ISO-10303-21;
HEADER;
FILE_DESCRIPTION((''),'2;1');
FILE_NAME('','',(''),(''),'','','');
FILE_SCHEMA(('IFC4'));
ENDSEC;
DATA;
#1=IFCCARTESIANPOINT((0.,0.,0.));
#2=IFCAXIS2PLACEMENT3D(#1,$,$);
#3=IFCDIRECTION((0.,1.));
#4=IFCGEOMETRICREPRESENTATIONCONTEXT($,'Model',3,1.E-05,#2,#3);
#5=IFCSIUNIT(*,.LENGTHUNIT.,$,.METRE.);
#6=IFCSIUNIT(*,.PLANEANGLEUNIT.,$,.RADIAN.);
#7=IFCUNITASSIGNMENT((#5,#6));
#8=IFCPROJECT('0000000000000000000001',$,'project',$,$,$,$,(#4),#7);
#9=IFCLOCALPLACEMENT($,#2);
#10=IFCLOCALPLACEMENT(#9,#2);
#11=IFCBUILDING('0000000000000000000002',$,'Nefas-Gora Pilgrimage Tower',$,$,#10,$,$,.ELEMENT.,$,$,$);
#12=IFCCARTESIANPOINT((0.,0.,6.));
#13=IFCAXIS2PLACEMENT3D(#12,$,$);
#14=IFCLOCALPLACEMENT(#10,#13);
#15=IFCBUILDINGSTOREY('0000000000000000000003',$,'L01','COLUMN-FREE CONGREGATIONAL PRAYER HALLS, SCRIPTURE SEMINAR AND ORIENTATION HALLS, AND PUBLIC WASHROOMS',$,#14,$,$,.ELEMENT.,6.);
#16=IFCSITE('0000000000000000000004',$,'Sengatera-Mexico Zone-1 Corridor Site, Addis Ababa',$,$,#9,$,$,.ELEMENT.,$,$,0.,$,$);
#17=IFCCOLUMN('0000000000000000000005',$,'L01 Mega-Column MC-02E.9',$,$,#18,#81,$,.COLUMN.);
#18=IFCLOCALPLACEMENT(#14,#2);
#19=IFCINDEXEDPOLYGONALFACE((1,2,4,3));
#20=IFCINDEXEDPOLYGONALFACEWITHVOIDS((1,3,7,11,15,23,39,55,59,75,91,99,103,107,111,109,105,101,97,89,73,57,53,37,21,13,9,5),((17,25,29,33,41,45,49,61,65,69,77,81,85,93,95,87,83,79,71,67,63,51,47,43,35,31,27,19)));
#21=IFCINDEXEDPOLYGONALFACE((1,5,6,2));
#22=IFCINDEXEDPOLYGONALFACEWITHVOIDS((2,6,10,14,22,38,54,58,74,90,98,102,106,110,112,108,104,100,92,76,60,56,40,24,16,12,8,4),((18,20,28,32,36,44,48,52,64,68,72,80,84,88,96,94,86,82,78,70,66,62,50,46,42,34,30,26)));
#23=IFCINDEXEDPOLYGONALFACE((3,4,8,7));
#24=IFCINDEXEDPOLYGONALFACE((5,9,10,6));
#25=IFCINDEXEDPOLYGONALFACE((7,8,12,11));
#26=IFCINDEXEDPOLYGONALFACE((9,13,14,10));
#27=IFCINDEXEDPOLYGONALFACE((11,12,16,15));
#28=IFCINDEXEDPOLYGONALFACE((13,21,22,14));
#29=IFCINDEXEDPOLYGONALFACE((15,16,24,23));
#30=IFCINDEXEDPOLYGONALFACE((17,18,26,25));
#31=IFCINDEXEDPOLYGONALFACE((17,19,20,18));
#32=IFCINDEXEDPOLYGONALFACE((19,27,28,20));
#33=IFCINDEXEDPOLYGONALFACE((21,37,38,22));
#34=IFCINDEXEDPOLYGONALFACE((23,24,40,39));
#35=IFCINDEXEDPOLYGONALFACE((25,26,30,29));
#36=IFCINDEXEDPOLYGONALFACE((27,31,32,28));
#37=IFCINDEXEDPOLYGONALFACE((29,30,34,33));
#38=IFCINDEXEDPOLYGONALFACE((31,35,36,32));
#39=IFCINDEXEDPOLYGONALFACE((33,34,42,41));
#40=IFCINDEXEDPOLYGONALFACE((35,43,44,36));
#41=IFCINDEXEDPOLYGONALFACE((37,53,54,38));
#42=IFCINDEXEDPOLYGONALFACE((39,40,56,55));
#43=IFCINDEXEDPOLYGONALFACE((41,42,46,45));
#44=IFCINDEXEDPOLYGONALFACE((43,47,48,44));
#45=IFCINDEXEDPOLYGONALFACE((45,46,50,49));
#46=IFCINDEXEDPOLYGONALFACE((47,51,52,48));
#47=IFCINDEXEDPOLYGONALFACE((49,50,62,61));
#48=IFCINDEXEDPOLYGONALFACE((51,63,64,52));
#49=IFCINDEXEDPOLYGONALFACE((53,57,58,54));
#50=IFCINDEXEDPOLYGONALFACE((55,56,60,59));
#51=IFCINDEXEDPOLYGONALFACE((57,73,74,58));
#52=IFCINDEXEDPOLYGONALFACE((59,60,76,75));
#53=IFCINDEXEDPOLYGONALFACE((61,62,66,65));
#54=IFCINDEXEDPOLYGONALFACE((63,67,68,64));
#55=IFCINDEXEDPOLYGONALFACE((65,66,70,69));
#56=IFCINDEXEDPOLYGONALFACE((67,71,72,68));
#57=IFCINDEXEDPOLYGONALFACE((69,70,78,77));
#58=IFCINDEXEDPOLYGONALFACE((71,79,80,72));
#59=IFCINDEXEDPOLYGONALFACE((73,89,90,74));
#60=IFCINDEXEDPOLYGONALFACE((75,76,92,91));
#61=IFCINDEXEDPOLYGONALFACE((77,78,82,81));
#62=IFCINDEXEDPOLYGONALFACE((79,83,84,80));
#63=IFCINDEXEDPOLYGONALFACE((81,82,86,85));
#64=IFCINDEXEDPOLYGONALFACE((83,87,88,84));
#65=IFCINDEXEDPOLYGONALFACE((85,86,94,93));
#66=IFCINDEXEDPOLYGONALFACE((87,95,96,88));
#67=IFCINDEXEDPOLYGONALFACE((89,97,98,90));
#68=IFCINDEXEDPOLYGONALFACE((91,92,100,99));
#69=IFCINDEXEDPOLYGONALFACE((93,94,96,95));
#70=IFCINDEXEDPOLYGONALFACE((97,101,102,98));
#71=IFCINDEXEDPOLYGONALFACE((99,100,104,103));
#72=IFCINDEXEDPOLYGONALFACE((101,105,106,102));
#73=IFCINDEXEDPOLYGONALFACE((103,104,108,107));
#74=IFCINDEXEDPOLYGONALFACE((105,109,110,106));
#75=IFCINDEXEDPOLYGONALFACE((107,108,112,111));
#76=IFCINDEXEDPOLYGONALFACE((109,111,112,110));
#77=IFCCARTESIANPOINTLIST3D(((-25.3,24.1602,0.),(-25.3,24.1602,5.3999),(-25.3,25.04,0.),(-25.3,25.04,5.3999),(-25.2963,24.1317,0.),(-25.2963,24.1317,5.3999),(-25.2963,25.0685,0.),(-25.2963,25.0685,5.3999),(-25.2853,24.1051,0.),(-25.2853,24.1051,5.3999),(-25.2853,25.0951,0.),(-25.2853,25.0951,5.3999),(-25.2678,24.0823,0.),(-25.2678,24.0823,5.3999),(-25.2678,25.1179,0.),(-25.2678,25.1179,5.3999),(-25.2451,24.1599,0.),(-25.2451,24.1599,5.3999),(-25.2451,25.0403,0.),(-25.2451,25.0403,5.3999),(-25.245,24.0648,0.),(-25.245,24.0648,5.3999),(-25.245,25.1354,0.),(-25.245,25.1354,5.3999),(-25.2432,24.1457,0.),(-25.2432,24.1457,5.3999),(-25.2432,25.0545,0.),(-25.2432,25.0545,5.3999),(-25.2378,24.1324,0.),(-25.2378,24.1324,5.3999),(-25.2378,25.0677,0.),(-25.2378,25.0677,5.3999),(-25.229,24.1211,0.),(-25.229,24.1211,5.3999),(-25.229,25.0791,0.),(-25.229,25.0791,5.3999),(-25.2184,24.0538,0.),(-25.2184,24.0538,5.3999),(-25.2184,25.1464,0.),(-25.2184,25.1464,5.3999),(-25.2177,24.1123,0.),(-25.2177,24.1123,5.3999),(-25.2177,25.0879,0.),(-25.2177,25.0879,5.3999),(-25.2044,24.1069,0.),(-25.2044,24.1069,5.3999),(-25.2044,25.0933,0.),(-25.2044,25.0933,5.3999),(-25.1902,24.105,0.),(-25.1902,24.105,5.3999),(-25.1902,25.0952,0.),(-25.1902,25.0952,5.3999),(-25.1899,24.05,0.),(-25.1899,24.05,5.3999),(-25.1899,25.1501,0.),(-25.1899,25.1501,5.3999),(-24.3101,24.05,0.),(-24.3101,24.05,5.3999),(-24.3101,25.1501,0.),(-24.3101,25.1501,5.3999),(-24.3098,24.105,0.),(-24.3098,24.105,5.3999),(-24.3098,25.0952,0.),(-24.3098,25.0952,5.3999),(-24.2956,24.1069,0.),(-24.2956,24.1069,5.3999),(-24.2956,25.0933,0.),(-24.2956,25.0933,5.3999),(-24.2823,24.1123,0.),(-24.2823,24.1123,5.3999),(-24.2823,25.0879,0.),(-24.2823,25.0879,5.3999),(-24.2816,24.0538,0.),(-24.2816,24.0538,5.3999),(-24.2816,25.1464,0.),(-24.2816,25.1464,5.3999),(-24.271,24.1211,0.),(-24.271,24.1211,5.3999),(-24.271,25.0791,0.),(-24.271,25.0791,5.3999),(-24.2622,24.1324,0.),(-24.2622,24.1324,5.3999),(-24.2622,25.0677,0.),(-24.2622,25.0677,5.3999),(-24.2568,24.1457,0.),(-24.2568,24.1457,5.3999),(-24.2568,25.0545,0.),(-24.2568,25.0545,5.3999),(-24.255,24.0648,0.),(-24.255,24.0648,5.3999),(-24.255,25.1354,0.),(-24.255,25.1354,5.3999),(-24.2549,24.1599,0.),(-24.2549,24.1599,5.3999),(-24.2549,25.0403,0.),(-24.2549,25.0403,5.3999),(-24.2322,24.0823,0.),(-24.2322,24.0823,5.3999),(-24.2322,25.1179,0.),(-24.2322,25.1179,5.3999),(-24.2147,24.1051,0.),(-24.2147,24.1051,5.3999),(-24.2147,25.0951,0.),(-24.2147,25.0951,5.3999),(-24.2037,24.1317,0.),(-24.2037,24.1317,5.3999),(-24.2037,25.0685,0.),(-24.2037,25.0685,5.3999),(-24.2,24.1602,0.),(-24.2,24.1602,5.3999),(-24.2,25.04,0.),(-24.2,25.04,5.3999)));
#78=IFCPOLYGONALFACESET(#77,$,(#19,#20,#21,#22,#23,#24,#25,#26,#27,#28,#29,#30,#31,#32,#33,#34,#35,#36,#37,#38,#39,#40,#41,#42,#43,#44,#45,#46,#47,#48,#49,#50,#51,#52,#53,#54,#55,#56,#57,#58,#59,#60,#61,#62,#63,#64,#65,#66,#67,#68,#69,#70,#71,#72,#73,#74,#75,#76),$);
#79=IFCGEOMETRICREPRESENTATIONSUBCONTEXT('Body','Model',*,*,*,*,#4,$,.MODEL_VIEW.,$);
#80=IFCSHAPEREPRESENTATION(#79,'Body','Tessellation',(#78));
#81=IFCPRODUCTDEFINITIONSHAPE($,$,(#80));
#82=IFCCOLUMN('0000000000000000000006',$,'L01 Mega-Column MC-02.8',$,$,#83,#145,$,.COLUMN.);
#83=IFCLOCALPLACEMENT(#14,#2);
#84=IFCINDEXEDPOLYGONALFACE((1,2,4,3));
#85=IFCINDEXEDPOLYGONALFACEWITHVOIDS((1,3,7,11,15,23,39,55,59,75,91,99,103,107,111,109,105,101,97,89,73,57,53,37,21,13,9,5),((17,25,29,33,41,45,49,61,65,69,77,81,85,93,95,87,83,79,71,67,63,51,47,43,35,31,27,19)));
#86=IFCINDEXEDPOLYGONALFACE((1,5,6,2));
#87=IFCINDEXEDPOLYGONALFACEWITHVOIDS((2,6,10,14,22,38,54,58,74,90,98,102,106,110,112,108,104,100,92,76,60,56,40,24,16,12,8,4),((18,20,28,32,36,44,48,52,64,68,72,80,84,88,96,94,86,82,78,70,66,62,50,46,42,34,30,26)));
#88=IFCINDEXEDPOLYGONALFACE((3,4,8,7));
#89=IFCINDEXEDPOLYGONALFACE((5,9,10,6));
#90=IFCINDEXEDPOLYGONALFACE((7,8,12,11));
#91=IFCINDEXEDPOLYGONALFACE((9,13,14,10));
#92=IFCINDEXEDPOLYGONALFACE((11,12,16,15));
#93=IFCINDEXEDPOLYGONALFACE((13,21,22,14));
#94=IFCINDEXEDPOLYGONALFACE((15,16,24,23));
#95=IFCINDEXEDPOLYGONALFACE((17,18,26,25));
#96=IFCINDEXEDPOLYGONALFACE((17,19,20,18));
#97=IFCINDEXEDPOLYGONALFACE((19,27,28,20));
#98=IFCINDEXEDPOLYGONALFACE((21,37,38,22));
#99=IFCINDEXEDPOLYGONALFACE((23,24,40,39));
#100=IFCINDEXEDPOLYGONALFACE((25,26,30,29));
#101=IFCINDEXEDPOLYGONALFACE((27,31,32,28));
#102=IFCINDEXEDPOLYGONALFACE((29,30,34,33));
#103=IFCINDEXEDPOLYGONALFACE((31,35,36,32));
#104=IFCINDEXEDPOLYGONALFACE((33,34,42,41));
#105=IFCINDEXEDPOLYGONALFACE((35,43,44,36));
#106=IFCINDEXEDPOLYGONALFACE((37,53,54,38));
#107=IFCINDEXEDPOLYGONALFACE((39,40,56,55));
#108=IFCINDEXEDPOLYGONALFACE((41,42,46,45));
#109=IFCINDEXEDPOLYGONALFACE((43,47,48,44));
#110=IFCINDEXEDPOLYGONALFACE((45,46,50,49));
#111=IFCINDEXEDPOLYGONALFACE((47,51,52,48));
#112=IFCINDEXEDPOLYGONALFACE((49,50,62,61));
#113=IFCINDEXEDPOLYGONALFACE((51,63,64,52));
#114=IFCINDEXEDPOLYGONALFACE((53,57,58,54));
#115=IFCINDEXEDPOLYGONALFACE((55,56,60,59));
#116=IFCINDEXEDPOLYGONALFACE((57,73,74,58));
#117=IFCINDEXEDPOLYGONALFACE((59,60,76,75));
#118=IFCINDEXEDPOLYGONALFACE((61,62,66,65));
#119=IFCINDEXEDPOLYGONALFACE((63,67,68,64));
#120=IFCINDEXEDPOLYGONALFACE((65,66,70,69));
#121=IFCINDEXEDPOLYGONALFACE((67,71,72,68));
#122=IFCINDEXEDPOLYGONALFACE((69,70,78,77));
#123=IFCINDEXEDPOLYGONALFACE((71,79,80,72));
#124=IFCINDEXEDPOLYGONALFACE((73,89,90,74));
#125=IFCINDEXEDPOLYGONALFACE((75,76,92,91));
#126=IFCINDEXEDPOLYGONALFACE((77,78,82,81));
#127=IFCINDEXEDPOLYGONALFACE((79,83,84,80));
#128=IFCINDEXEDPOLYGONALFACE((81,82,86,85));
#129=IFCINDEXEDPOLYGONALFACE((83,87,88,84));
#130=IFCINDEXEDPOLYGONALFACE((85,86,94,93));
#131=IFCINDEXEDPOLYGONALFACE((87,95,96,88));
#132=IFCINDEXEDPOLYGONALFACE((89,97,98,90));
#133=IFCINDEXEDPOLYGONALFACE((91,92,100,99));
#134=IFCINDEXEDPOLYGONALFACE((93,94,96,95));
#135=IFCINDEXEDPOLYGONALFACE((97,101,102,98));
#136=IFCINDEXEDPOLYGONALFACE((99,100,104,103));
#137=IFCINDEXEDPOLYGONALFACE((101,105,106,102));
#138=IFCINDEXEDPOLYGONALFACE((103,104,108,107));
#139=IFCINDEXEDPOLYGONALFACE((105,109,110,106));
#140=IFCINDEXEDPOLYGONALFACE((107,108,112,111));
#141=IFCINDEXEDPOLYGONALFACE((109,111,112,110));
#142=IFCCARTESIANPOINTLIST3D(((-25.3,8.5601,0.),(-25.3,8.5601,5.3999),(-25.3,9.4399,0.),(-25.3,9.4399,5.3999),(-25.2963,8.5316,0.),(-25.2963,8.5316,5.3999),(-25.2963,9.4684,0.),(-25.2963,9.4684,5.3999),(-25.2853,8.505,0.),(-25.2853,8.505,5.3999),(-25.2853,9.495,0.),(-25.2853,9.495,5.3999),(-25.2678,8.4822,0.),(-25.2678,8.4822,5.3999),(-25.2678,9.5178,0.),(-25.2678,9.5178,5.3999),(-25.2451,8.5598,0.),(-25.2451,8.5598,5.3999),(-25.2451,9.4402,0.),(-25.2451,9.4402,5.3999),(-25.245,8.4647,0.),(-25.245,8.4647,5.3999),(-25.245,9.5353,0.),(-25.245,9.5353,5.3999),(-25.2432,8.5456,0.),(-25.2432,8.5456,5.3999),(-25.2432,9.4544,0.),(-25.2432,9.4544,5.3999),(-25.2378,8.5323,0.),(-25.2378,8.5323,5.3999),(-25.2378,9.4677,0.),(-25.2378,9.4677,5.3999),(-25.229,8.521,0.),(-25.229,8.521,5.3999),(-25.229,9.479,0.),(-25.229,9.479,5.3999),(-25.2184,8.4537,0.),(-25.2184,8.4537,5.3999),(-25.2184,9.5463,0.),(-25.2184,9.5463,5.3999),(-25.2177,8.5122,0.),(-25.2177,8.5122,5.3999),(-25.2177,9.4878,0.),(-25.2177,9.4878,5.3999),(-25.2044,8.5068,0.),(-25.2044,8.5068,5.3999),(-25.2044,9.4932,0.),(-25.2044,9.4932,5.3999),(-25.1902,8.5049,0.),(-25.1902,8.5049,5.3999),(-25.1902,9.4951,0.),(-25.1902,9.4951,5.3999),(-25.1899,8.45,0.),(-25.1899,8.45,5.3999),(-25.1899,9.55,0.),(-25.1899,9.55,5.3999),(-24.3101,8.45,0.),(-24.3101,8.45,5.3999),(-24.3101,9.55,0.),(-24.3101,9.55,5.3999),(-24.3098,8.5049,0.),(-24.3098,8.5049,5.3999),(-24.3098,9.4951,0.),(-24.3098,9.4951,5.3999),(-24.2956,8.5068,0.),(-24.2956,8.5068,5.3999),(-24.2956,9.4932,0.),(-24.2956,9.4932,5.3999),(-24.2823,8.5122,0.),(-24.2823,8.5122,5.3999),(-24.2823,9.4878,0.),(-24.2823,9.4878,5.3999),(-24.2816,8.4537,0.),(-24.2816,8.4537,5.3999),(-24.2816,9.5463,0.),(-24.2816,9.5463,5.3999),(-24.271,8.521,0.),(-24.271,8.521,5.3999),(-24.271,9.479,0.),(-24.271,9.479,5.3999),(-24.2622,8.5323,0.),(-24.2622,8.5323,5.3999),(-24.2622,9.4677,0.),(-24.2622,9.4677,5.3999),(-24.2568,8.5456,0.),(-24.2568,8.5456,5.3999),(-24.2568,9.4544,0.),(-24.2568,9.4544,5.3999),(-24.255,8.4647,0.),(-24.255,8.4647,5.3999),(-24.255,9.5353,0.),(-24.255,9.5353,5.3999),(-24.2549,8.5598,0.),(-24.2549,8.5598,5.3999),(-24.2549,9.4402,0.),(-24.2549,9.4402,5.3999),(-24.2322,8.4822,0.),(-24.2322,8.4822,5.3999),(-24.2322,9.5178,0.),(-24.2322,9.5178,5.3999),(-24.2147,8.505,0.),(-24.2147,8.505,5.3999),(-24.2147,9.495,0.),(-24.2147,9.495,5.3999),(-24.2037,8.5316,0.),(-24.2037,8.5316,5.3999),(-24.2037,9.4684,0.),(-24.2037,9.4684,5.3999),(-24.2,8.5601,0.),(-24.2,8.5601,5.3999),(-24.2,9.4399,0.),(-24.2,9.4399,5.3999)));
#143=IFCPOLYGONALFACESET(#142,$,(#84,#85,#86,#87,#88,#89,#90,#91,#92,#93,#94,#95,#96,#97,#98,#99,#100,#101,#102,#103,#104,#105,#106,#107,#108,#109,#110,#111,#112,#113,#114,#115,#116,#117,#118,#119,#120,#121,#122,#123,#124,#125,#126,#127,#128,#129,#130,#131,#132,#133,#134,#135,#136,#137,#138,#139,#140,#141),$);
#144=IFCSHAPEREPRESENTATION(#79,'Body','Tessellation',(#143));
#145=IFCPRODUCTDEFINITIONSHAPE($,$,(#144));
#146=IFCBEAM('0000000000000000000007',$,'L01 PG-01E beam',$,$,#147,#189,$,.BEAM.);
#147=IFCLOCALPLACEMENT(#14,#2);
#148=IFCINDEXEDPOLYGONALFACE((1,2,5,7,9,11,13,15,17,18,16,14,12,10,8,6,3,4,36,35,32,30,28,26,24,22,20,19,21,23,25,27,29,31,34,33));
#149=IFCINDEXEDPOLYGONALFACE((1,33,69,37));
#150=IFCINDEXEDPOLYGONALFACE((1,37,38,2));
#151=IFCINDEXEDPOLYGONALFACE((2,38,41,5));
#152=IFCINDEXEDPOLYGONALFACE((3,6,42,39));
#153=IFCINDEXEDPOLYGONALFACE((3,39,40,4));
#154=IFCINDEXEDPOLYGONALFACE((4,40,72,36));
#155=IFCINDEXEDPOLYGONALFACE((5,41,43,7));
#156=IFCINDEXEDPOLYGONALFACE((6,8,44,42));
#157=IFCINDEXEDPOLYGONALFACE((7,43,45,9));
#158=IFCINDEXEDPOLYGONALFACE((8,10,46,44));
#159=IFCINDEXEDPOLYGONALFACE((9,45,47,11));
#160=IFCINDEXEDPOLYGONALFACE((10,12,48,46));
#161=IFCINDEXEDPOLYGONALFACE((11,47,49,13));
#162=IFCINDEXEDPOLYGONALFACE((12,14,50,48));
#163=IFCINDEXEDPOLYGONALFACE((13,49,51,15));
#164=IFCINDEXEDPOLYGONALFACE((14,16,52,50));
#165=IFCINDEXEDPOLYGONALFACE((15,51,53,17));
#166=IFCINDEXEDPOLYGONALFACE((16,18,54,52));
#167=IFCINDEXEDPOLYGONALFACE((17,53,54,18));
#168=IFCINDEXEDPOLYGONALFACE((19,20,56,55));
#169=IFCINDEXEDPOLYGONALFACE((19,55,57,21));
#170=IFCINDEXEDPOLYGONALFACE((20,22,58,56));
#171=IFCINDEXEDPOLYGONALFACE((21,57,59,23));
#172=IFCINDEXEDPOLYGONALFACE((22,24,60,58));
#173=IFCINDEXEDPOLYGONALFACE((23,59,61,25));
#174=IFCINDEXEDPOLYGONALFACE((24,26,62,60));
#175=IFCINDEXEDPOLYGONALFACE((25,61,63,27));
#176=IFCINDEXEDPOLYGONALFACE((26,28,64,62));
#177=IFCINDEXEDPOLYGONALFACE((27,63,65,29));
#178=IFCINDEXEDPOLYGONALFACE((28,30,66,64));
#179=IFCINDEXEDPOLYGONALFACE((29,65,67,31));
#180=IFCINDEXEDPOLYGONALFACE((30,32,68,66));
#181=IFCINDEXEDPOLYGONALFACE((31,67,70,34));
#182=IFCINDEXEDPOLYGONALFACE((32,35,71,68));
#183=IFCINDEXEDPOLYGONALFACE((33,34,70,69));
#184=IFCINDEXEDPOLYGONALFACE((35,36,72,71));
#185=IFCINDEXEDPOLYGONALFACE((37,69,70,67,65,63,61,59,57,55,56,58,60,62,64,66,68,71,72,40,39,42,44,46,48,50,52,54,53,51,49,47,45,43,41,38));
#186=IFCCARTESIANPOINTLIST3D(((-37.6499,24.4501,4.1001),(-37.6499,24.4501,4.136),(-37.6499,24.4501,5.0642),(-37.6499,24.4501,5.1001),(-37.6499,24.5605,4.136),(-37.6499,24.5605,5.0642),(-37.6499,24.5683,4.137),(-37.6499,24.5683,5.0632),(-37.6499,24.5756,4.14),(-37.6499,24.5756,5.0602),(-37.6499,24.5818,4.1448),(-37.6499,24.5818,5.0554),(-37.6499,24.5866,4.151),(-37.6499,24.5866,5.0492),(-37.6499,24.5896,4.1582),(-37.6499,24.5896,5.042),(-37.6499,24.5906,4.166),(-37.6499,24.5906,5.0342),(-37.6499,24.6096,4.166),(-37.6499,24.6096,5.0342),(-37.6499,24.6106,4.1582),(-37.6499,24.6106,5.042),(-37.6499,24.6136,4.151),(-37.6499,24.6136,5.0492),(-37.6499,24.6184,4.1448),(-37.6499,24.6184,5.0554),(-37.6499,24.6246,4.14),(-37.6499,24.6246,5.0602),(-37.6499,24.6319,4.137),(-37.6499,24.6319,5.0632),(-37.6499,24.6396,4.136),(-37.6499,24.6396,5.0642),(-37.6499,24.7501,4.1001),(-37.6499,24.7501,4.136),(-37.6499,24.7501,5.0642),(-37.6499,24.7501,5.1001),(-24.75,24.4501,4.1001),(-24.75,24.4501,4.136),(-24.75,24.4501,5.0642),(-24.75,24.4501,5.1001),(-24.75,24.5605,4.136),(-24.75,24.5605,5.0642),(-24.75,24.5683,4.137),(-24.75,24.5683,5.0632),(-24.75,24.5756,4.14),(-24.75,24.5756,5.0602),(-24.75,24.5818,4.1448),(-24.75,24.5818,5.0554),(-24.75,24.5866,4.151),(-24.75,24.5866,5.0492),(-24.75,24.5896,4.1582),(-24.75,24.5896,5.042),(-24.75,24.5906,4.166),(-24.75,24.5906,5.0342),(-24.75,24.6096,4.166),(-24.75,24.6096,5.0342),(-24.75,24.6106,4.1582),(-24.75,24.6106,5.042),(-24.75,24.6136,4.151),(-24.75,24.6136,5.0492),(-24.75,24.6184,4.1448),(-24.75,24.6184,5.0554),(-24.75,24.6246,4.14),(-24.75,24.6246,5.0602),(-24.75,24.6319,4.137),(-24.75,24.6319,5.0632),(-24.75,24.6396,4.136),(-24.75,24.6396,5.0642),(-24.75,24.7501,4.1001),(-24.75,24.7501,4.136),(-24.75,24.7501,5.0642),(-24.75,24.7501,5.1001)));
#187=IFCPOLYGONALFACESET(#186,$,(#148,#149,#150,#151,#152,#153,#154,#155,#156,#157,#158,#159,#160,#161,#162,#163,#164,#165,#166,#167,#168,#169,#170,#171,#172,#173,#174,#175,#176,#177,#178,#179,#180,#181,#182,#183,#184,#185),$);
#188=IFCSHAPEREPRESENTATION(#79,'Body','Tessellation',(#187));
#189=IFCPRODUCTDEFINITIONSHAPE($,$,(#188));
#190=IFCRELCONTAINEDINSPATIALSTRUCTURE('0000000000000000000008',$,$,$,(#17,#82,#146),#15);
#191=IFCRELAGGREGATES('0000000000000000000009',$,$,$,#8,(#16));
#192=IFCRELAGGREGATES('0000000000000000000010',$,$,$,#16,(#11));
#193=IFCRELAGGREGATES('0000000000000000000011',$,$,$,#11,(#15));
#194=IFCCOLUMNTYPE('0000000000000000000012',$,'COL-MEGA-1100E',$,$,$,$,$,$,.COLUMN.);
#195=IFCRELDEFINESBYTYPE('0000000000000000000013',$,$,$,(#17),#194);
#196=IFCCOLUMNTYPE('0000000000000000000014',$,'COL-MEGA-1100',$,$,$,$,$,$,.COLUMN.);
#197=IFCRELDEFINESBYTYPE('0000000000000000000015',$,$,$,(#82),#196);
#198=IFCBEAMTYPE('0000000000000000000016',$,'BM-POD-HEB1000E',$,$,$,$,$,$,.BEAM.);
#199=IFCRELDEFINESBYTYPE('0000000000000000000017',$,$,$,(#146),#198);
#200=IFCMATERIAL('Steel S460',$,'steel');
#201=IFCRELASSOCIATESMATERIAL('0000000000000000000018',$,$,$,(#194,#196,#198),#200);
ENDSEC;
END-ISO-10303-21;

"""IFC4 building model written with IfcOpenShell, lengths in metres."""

from ifc_helpers import new_model, si_unit, direction, frame, origin, origin_2d, place, context, subcontext, project, spatial, hollow_rectangle, i_section, extrude, source, transform, mapped, material, material_profile, profile_set, type_object, element, save


model = new_model("IFC4")

# Units and contexts
model_context = context("Model", 3, precision=1e-05, world=origin(), true_north=direction((0.0, 1.0)))
body_context = subcontext(model_context, "Body", "Model", "MODEL_VIEW")
ifc_project = project(units=[si_unit("LENGTHUNIT", "METRE"), si_unit("PLANEANGLEUNIT", "RADIAN")], contexts=[model_context])

# Site, building, storey
site_placement = place(None, origin())
site = spatial("IfcSite", under=ifc_project, at=site_placement, Name="Sengatera-Mexico Zone-1 Corridor Site, Addis Ababa", CompositionType="ELEMENT", RefElevation=0.0)
building_placement = place(site_placement, origin())
building = spatial("IfcBuilding", under=site, at=building_placement, Name="Nefas-Gora Pilgrimage Tower", CompositionType="ELEMENT")
storey_placement = place(building_placement, frame((0.0, 0.0, 6.0)))
storey = spatial("IfcBuildingStorey", under=building, at=storey_placement, Name="L01", Description="COLUMN-FREE CONGREGATIONAL PRAYER HALLS, SCRIPTURE SEMINAR AND ORIENTATION HALLS, AND PUBLIC WASHROOMS", CompositionType="ELEMENT", Elevation=6.0)

# Columns
ifc_material_1 = material(Name="Steel S460", Category="steel")
ifc_material_profile_1 = material_profile(ifc_material_1, hollow_rectangle(XDim=1.1001, YDim=1.1001, WallThickness=0.0549, InnerFilletRadius=0.0549, OuterFilletRadius=0.1101, at=origin_2d()), Name="BOX 1100x1100x55")
ifc_profile_set_1 = profile_set([ifc_material_profile_1], Name="Steel S460")
column_type_1 = type_object("IfcColumnType", Name="COL-MEGA-1100E", PredefinedType="COLUMN", material=ifc_profile_set_1)
shared_shape_1 = source(origin(), body_context, "Body", "SweptSolid", [
    extrude(hollow_rectangle(XDim=1.1001, YDim=1.1001, WallThickness=0.0549, InnerFilletRadius=0.0549, OuterFilletRadius=0.1101, at=origin_2d()), origin(), (0.0, 0.0, 1.0), 5.3999),
])
for number, where, z_axis, x_axis, name in (
    (1, (-24.75, 24.6001, 0.0), (0.0, 0.0, 1.0), (1.0, 0.0, 0.0), "L01 Mega-Column MC-02E.9"),
):
    element("IfcColumn", number, at=place(storey_placement, frame(where, z_axis=z_axis, x_axis=x_axis)), inside=storey, type_object=column_type_1, Name=name, PredefinedType="COLUMN", context=body_context, shape_type="MappedRepresentation", body=[
        mapped(shared_shape_1, transform((0.0, 0.0, 0.0), x_axis=(1.0, 0.0, 0.0), y_axis=(0.0, 1.0, 0.0), z_axis=(0.0, 0.0, 1.0), scale=1.0)),
    ])
ifc_material_profile_2 = material_profile(ifc_material_1, hollow_rectangle(XDim=1.1001, YDim=1.1001, WallThickness=0.0549, InnerFilletRadius=0.0549, OuterFilletRadius=0.1101, at=origin_2d()), Name="BOX 1100x1100x55")
ifc_profile_set_2 = profile_set([ifc_material_profile_2], Name="Steel S460")
column_type_2 = type_object("IfcColumnType", Name="COL-MEGA-1100", PredefinedType="COLUMN", material=ifc_profile_set_2)
shared_shape_2 = source(origin(), body_context, "Body", "SweptSolid", [
    extrude(hollow_rectangle(XDim=1.1001, YDim=1.1001, WallThickness=0.0549, InnerFilletRadius=0.0549, OuterFilletRadius=0.1101, at=origin_2d()), origin(), (0.0, 0.0, 1.0), 5.3999),
])
column_placement = place(storey_placement, frame((-24.75, 9.0, 0.0), z_axis=(0.0, 0.0, 1.0), x_axis=(1.0, 0.0, 0.0)))
element("IfcColumn", 2, at=column_placement, inside=storey, type_object=column_type_2, Name="L01 Mega-Column MC-02.8", PredefinedType="COLUMN", context=body_context, shape_type="MappedRepresentation", body=[
    mapped(shared_shape_2, transform((0.0, 0.0, 0.0), x_axis=(1.0, 0.0, 0.0), y_axis=(0.0, 1.0, 0.0), z_axis=(0.0, 0.0, 1.0), scale=1.0)),
])

# Beam
ifc_material_profile_3 = material_profile(ifc_material_1, i_section(OverallWidth=0.3, OverallDepth=1.0, WebThickness=0.019, FlangeThickness=0.0359, FilletRadius=0.03, at=origin_2d()), Name="HEB 1000")
ifc_profile_set_3 = profile_set([ifc_material_profile_3], Name="Steel S460")
beam_type_1 = type_object("IfcBeamType", Name="BM-POD-HEB1000E", PredefinedType="BEAM", material=ifc_profile_set_3)
shared_shape_3 = source(origin(), body_context, "Body", "SweptSolid", [
    extrude(i_section(OverallWidth=0.3, OverallDepth=1.0, WebThickness=0.019, FlangeThickness=0.0359, FilletRadius=0.03, at=origin_2d()), origin(), (0.0, 0.0, 1.0), 12.8999),
])
beam_1_placement = place(storey_placement, frame((-37.6499, 24.6001, 4.6001), z_axis=(1.0, 0.0, 0.0), x_axis=(0.0, 1.0, 0.0)))
element("IfcBeam", 3, at=beam_1_placement, inside=storey, type_object=beam_type_1, Name="L01 PG-01E beam", PredefinedType="BEAM", context=body_context, shape_type="MappedRepresentation", body=[
    mapped(shared_shape_3, transform((0.0, 0.0, 0.0), x_axis=(1.0, 0.0, 0.0), y_axis=(0.0, 1.0, 0.0), z_axis=(0.0, 0.0, 1.0), scale=1.0)),
])

save(model, "model.ifc")
